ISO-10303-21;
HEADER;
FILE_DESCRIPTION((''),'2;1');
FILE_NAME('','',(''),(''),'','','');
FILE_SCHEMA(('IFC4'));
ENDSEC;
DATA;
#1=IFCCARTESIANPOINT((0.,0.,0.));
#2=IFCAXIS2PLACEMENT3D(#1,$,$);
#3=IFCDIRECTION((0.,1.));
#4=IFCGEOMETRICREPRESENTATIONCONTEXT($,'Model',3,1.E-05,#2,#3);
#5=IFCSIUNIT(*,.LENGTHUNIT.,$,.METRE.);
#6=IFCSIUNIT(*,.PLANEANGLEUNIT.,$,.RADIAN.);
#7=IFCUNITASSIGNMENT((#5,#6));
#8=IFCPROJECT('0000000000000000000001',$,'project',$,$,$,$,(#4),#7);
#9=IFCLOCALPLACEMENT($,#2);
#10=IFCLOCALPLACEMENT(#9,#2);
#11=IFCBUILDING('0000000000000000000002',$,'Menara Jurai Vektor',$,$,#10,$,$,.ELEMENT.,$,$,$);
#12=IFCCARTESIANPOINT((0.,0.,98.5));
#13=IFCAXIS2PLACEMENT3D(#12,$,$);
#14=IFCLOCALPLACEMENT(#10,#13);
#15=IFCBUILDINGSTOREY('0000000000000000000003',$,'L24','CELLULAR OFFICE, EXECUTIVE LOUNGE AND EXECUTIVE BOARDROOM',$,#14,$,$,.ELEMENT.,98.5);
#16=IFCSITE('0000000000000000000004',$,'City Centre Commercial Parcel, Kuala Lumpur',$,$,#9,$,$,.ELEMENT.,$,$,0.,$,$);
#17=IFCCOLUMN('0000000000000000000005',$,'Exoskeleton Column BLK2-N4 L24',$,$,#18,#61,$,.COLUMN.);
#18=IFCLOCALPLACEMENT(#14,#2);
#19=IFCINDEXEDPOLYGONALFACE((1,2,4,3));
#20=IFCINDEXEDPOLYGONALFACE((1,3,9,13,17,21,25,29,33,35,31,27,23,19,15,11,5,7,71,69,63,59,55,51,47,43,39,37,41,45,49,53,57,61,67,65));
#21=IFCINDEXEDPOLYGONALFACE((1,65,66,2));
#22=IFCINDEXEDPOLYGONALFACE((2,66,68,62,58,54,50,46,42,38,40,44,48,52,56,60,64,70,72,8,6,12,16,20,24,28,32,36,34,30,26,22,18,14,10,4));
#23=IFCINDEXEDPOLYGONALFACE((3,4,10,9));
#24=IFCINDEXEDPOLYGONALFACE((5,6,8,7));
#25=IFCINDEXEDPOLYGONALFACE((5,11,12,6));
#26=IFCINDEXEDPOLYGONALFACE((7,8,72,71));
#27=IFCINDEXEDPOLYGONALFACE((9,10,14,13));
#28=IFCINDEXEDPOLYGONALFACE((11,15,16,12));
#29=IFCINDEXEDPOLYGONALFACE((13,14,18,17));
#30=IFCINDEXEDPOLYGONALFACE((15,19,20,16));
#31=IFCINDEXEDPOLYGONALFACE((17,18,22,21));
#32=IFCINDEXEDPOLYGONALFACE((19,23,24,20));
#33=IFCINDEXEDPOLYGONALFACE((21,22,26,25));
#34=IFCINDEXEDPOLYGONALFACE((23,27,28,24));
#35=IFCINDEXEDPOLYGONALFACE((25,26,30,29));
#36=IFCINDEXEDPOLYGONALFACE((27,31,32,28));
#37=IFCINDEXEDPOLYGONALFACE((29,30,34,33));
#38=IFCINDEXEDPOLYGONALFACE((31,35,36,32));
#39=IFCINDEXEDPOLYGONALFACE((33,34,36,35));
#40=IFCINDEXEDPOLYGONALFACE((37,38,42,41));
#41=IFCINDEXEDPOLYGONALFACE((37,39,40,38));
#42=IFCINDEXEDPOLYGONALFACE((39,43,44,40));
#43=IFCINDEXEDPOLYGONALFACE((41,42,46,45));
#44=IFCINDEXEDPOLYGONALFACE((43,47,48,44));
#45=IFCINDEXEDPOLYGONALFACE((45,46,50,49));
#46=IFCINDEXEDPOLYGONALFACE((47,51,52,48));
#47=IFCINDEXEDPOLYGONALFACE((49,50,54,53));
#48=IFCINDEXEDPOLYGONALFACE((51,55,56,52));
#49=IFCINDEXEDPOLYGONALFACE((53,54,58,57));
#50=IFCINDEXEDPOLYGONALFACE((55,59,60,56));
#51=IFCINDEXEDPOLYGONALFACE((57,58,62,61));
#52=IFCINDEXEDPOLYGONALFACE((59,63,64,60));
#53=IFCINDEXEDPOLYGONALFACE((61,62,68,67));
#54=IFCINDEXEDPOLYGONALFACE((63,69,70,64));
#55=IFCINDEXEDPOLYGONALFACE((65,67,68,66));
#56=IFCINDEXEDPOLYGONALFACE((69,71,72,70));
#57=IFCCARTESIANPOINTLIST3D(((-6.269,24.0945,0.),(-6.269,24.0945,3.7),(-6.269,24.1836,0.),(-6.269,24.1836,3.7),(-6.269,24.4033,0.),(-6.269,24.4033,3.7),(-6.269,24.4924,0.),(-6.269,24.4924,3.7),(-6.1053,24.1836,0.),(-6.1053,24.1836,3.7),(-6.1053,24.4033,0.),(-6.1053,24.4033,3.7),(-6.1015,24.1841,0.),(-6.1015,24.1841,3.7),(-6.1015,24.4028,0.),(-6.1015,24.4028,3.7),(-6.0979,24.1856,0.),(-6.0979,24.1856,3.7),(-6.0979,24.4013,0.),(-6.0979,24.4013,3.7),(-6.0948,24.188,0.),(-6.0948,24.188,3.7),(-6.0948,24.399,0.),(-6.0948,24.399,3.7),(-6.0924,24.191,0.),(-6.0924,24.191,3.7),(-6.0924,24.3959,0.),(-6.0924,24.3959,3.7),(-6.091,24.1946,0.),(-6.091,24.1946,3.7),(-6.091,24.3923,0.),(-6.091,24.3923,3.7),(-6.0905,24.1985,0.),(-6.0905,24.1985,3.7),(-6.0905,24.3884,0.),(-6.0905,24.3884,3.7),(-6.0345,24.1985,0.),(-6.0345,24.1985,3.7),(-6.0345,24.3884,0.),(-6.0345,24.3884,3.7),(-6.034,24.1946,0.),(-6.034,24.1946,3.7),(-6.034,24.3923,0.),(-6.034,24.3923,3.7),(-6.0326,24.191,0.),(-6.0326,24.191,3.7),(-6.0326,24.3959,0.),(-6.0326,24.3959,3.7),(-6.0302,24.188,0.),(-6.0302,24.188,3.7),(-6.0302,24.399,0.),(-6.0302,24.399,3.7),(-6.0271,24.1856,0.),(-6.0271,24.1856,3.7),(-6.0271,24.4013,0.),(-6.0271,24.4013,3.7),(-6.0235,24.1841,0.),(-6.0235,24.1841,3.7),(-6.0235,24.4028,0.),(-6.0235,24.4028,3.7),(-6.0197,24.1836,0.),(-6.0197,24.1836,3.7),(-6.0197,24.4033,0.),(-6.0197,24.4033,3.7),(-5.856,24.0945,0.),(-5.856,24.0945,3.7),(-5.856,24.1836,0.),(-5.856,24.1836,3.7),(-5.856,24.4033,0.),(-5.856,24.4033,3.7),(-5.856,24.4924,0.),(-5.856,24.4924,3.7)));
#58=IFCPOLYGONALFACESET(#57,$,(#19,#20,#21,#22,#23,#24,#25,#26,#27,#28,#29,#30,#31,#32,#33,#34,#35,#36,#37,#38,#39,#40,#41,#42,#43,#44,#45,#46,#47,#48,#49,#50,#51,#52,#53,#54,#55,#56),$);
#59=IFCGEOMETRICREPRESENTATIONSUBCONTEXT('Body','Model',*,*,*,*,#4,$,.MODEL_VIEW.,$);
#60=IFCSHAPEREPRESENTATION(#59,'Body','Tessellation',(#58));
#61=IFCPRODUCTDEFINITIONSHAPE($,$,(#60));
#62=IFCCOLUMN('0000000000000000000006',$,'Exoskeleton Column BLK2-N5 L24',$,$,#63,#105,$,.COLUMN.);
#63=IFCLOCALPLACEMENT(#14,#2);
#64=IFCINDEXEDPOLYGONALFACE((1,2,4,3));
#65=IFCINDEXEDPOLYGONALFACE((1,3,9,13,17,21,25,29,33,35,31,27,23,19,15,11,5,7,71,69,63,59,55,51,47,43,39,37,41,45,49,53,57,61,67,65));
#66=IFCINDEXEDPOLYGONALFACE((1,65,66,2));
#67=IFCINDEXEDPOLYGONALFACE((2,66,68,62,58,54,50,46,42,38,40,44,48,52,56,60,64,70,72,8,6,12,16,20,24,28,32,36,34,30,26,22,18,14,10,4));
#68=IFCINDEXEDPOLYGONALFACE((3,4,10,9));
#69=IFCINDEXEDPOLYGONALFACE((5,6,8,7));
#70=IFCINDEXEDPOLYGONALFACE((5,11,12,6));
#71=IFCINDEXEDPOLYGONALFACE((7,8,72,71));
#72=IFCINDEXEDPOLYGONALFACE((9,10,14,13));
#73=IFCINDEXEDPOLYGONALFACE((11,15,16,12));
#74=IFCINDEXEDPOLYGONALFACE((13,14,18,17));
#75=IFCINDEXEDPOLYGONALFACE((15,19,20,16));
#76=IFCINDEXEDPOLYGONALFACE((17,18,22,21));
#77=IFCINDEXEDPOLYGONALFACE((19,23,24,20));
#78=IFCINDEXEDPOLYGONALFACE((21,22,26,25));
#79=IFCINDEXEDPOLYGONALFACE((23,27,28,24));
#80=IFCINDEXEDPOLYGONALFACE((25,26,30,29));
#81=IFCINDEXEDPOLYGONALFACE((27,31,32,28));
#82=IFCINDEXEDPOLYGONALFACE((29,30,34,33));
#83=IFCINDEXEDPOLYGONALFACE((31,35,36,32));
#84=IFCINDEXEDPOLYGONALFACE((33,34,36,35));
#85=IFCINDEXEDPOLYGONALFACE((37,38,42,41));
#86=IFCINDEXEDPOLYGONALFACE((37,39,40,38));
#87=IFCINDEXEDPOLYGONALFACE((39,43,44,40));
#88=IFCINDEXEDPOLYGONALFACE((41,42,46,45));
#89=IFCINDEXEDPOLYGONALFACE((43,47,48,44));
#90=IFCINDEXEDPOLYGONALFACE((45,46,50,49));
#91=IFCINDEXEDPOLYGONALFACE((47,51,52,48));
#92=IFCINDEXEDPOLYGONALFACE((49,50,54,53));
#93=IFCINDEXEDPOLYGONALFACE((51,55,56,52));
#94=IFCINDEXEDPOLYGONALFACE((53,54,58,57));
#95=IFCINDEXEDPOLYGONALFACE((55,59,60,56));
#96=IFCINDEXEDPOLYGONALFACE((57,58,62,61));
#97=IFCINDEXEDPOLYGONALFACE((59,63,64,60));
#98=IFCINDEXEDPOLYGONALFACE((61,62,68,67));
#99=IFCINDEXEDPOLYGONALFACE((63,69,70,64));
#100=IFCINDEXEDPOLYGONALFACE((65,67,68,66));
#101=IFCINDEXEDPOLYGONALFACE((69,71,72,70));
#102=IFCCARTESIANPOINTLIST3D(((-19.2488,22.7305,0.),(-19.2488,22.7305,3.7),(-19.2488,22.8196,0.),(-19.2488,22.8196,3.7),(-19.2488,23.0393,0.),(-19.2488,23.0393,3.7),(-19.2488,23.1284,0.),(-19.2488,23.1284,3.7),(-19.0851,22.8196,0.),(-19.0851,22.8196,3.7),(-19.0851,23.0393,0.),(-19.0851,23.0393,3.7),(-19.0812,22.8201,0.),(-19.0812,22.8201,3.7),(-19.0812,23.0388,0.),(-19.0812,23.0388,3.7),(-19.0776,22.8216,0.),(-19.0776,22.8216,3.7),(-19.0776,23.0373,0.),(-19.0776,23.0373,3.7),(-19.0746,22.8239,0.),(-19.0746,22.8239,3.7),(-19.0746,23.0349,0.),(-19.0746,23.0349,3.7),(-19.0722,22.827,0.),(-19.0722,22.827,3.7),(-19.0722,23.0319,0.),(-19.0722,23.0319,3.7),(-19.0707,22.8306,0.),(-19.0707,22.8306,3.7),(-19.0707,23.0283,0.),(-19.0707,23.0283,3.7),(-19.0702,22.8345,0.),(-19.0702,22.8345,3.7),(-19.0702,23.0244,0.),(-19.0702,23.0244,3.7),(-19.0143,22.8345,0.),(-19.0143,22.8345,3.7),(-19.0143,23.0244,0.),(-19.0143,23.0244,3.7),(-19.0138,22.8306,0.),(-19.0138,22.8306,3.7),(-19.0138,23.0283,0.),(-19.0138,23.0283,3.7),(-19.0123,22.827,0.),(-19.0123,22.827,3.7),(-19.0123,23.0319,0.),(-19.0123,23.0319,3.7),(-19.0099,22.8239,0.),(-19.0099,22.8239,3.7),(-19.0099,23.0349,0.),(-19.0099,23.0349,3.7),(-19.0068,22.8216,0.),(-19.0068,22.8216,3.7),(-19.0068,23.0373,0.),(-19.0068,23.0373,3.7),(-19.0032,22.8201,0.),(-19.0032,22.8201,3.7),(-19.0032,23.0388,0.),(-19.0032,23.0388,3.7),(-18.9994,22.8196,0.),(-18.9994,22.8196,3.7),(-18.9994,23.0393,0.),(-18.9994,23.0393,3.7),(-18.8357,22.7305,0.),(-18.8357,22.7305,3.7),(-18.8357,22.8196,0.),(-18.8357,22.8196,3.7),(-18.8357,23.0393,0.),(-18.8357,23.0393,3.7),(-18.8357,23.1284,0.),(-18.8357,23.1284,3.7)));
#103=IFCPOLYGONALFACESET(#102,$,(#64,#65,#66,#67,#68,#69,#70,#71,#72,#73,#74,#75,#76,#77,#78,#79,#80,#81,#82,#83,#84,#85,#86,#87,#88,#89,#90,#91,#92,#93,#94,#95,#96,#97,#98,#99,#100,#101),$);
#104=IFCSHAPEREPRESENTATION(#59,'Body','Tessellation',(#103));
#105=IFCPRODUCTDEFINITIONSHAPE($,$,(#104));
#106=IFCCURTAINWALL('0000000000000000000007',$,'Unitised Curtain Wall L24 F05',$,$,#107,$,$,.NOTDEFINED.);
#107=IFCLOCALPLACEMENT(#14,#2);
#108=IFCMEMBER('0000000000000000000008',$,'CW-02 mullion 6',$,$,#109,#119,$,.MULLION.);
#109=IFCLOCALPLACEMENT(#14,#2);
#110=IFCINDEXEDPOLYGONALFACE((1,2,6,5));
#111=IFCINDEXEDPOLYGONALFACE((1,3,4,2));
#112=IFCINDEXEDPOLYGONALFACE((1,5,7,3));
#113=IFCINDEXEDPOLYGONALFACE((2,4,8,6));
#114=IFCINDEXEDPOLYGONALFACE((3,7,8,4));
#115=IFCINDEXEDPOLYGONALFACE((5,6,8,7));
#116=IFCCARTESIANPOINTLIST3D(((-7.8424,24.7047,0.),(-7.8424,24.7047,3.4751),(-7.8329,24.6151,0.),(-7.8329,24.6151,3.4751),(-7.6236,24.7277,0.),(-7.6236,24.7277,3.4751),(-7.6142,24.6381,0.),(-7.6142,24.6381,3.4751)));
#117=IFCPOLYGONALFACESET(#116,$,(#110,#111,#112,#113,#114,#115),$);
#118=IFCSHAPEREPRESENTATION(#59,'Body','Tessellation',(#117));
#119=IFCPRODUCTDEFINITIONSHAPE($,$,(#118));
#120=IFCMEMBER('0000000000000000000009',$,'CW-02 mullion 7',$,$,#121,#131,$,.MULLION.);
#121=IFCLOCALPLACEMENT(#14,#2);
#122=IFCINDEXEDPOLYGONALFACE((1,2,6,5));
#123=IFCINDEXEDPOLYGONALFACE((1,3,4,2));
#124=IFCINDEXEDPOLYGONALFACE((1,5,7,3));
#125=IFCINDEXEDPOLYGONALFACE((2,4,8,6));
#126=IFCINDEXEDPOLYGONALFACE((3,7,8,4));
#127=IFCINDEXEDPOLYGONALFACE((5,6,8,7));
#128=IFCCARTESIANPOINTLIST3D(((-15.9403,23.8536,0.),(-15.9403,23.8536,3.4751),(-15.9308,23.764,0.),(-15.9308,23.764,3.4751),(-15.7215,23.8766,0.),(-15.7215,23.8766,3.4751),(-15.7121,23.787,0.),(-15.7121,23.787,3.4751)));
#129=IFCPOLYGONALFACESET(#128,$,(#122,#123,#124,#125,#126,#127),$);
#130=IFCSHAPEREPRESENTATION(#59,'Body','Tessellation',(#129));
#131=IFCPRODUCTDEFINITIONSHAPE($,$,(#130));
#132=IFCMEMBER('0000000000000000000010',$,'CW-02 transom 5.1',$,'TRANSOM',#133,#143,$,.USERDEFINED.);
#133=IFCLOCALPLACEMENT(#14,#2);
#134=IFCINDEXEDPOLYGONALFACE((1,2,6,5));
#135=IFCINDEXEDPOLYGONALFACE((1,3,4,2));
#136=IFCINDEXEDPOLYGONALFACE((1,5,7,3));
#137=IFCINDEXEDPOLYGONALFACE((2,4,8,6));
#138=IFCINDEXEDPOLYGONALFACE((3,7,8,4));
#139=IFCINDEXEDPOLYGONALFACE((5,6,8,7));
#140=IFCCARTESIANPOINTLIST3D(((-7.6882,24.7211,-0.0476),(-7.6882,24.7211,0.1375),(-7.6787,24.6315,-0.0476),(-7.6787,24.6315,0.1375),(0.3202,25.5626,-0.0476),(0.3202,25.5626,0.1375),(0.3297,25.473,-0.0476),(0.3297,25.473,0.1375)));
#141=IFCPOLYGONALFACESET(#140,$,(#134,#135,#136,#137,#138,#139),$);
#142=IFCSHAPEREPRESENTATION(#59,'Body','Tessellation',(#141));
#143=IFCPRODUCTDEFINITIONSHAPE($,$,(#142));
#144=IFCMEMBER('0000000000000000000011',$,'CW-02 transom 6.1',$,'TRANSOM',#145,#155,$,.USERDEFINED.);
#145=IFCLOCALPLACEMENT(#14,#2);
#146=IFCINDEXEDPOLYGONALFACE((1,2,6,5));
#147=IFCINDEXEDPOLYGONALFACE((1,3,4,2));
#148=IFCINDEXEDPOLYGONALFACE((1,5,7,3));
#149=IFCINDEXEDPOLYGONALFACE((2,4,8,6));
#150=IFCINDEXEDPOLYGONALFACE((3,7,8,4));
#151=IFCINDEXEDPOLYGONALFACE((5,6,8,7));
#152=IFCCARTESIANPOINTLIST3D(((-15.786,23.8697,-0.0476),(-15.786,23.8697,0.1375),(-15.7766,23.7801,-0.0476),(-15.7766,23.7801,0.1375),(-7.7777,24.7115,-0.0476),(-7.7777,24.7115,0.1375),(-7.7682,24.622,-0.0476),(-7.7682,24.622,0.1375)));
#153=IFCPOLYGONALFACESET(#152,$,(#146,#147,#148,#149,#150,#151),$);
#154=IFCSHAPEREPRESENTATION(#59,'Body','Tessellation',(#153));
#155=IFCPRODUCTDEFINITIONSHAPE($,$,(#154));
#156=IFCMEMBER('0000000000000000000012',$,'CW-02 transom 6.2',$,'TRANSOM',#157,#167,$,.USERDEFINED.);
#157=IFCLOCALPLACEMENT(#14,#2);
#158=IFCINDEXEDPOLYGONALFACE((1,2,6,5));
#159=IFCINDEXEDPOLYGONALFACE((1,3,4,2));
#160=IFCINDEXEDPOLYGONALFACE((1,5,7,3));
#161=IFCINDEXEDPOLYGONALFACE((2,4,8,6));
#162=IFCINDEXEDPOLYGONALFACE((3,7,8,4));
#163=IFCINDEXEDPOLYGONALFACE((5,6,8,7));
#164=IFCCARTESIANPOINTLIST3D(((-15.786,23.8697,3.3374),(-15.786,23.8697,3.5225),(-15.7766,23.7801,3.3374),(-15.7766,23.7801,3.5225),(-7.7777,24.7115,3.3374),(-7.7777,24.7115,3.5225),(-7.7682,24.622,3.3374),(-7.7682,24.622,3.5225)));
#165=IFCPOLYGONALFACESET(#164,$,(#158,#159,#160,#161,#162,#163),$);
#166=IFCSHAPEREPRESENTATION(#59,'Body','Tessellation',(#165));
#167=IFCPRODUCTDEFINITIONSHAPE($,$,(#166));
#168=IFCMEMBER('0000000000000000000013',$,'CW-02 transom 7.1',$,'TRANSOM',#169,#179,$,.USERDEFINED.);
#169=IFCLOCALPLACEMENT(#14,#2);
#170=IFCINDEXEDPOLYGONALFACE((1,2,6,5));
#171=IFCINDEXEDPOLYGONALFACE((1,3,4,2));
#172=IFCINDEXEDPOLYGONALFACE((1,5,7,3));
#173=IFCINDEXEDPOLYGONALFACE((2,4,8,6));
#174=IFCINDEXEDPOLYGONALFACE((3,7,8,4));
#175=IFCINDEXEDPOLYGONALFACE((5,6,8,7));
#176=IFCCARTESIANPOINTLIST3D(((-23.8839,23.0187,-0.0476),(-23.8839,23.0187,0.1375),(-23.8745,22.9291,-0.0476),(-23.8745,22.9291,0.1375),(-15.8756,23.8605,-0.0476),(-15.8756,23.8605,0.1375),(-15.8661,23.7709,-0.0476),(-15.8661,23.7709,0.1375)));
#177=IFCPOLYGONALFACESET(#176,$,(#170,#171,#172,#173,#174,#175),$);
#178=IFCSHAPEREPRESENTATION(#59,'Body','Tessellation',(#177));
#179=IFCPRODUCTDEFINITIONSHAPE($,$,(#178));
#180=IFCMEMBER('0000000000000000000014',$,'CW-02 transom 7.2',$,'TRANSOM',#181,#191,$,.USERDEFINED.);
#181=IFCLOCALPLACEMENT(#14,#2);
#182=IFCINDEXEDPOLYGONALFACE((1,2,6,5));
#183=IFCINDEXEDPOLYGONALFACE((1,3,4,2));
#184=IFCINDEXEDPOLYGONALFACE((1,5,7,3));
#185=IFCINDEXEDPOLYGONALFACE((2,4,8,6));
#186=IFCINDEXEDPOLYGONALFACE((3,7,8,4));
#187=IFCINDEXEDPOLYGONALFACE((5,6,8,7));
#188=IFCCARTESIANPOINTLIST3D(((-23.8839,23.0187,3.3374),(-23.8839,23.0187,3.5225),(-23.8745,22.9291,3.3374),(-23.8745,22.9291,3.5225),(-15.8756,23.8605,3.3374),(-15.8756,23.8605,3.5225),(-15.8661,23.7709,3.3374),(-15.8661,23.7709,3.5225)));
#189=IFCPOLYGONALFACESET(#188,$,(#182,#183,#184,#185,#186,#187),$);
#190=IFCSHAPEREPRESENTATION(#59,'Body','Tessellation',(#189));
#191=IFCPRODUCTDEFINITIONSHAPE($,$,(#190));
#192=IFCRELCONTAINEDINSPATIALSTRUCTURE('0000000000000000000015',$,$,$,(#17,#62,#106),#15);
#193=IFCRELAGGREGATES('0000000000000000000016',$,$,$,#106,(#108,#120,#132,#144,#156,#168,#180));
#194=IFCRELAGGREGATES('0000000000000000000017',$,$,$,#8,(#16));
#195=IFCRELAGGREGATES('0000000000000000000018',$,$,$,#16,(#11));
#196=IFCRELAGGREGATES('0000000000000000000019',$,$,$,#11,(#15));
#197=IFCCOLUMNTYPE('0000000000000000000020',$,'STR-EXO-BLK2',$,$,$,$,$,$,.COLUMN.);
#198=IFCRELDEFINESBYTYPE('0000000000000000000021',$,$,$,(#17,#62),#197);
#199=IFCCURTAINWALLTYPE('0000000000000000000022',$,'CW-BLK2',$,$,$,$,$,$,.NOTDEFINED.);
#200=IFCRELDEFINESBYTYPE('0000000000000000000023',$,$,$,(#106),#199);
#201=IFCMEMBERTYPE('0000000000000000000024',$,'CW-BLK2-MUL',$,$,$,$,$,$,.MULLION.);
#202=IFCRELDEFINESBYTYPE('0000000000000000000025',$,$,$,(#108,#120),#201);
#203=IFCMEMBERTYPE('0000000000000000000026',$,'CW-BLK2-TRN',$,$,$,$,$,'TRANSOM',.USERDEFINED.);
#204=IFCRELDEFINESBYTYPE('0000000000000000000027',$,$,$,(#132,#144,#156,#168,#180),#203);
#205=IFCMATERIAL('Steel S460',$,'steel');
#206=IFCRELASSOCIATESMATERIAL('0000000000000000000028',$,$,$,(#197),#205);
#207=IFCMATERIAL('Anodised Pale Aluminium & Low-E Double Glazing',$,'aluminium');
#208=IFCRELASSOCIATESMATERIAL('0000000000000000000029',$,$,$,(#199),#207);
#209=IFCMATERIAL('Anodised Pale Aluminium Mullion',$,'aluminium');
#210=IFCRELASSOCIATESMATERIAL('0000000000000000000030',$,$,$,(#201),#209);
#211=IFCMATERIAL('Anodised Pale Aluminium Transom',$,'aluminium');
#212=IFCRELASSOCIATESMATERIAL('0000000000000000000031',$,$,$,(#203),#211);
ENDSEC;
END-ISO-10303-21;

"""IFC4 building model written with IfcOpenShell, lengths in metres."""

from ifc_helpers import new_model, si_unit, direction, frame, origin, origin_2d, place, context, subcontext, project, spatial, rectangle, i_section, extrude, material, material_profile, profile_set, type_object, element, aggregate, save


model = new_model("IFC4")

# Units and contexts
model_context = context("Model", 3, precision=1e-05, world=origin(), true_north=direction((0.0, 1.0)))
body_context = subcontext(model_context, "Body", "Model", "MODEL_VIEW")
ifc_project = project(units=[si_unit("LENGTHUNIT", "METRE"), si_unit("PLANEANGLEUNIT", "RADIAN")], contexts=[model_context])

# Site, building, storey
site_placement = place(None, origin())
site = spatial("IfcSite", under=ifc_project, at=site_placement, Name="City Centre Commercial Parcel, Kuala Lumpur", CompositionType="ELEMENT", RefElevation=0.0)
building_placement = place(site_placement, origin())
building = spatial("IfcBuilding", under=site, at=building_placement, Name="Menara Jurai Vektor", CompositionType="ELEMENT")
storey_placement = place(building_placement, frame((0.0, 0.0, 98.5)))
storey = spatial("IfcBuildingStorey", under=building, at=storey_placement, Name="L24", Description="CELLULAR OFFICE, EXECUTIVE LOUNGE AND EXECUTIVE BOARDROOM", CompositionType="ELEMENT", Elevation=98.5)

# Columns
ifc_material_1 = material(Name="Steel S460", Category="steel")
ifc_material_profile_1 = material_profile(ifc_material_1, i_section(OverallWidth=0.4131, OverallDepth=0.3979, WebThickness=0.0559, FlangeThickness=0.0891, FilletRadius=0.0149, at=origin_2d()), Name="HD 400x744")
ifc_profile_set_1 = profile_set([ifc_material_profile_1], Name="Steel S460")
column_type = type_object("IfcColumnType", Name="STR-EXO-BLK2", PredefinedType="COLUMN", material=ifc_profile_set_1)
for number, where, z_axis, x_axis, name in (
    (1, (-6.0625, 24.2935, 0.0), (0.0, 0.0, 1.0), (1.0, 0.0, 0.0), "Exoskeleton Column BLK2-N4 L24"),
    (2, (-19.0422, 22.9294, 0.0), (0.0, 0.0, 1.0), (1.0, 0.0, 0.0), "Exoskeleton Column BLK2-N5 L24"),
):
    element("IfcColumn", number, at=place(storey_placement, frame(where, z_axis=z_axis, x_axis=x_axis)), inside=storey, type_object=column_type, Name=name, PredefinedType="COLUMN", context=body_context, shape_type="SweptSolid", body=[
        extrude(i_section(OverallWidth=0.4131, OverallDepth=0.3979, WebThickness=0.0559, FlangeThickness=0.0891, FilletRadius=0.0149, at=origin_2d()), origin(), (0.0, 0.0, 1.0), 3.7),
    ])

# Curtain wall, members
ifc_material_2 = material(Name="Anodised Pale Aluminium & Low-E Double Glazing", Category="aluminium")
curtain_wall_type = type_object("IfcCurtainWallType", Name="CW-BLK2", PredefinedType="NOTDEFINED", material=ifc_material_2)
curtain_wall_placement = place(storey_placement, origin())
curtain_wall = element("IfcCurtainWall", 3, at=curtain_wall_placement, inside=storey, type_object=curtain_wall_type, Name="Unitised Curtain Wall L24 F05", PredefinedType="NOTDEFINED")
ifc_material_3 = material(Name="Anodised Pale Aluminium Mullion", Category="aluminium")
ifc_material_profile_2 = material_profile(ifc_material_3, rectangle(XDim=0.0901, YDim=0.22, at=origin_2d()), Name="ALU MUL 90x220")
ifc_profile_set_2 = profile_set([ifc_material_profile_2], Name="Anodised Pale Aluminium Mullion")
member_type_1 = type_object("IfcMemberType", Name="CW-BLK2-MUL", PredefinedType="MULLION", material=ifc_profile_set_2)
member_1_placement = place(storey_placement, frame((-7.7283, 24.6714, 0.0), z_axis=(0.0, 0.0, 1.0), x_axis=(0.104529, -0.994522, 0.0)))
member_1 = element("IfcMember", 4, at=member_1_placement, type_object=member_type_1, Name="CW-02 mullion 6", PredefinedType="MULLION", context=body_context, shape_type="SweptSolid", body=[
    extrude(rectangle(XDim=0.0901, YDim=0.22, at=origin_2d()), origin(), (0.0, 0.0, 1.0), 3.4751),
])
member_2_placement = place(storey_placement, frame((-15.8262, 23.8203, 0.0), z_axis=(0.0, 0.0, 1.0), x_axis=(0.104529, -0.994522, 0.0)))
member_2 = element("IfcMember", 5, at=member_2_placement, type_object=member_type_1, Name="CW-02 mullion 7", PredefinedType="MULLION", context=body_context, shape_type="SweptSolid", body=[
    extrude(rectangle(XDim=0.0901, YDim=0.22, at=origin_2d()), origin(), (0.0, 0.0, 1.0), 3.4751),
])
ifc_material_4 = material(Name="Anodised Pale Aluminium Transom", Category="aluminium")
ifc_material_profile_3 = material_profile(ifc_material_4, rectangle(XDim=0.0901, YDim=0.1851, at=origin_2d()), Name="ALU TRN 90x185")
ifc_profile_set_3 = profile_set([ifc_material_profile_3], Name="Anodised Pale Aluminium Transom")
member_type_2 = type_object("IfcMemberType", Name="CW-BLK2-TRN", ElementType="TRANSOM", PredefinedType="USERDEFINED", material=ifc_profile_set_3)
member_3_placement = place(storey_placement, frame((0.325, 25.5178, 0.0449), z_axis=(-0.994524, -0.10451, 0.0), x_axis=(0.10451, -0.994524, 0.0)))
member_3 = element("IfcMember", 6, at=member_3_placement, type_object=member_type_2, Name="CW-02 transom 5.1", ObjectType="TRANSOM", PredefinedType="USERDEFINED", context=body_context, shape_type="SweptSolid", body=[
    extrude(rectangle(XDim=0.0901, YDim=0.1851, at=origin_2d()), origin(), (0.0, 0.0, 1.0), 8.0525),
])
member_4_placement = place(storey_placement, frame((-7.7729, 24.6667, 0.0449), z_axis=(-0.994521, -0.10454, 0.0), x_axis=(0.10454, -0.994521, 0.0)))
member_4 = element("IfcMember", 7, at=member_4_placement, type_object=member_type_2, Name="CW-02 transom 6.1", ObjectType="TRANSOM", PredefinedType="USERDEFINED", context=body_context, shape_type="SweptSolid", body=[
    extrude(rectangle(XDim=0.0901, YDim=0.1851, at=origin_2d()), origin(), (0.0, 0.0, 1.0), 8.0525),
])
member_5_placement = place(storey_placement, frame((-7.7729, 24.6667, 3.4299), z_axis=(-0.994521, -0.10454, 0.0), x_axis=(0.10454, -0.994521, 0.0)))
member_5 = element("IfcMember", 8, at=member_5_placement, type_object=member_type_2, Name="CW-02 transom 6.2", ObjectType="TRANSOM", PredefinedType="USERDEFINED", context=body_context, shape_type="SweptSolid", body=[
    extrude(rectangle(XDim=0.0901, YDim=0.1851, at=origin_2d()), origin(), (0.0, 0.0, 1.0), 8.0525),
])
member_6_placement = place(storey_placement, frame((-15.8708, 23.8157, 0.0449), z_axis=(-0.994521, -0.10454, 0.0), x_axis=(0.10454, -0.994521, 0.0)))
member_6 = element("IfcMember", 9, at=member_6_placement, type_object=member_type_2, Name="CW-02 transom 7.1", ObjectType="TRANSOM", PredefinedType="USERDEFINED", context=body_context, shape_type="SweptSolid", body=[
    extrude(rectangle(XDim=0.0901, YDim=0.1851, at=origin_2d()), origin(), (0.0, 0.0, 1.0), 8.0525),
])
member_7_placement = place(storey_placement, frame((-15.8708, 23.8157, 3.4299), z_axis=(-0.994521, -0.10454, 0.0), x_axis=(0.10454, -0.994521, 0.0)))
member_7 = element("IfcMember", 10, at=member_7_placement, type_object=member_type_2, Name="CW-02 transom 7.2", ObjectType="TRANSOM", PredefinedType="USERDEFINED", context=body_context, shape_type="SweptSolid", body=[
    extrude(rectangle(XDim=0.0901, YDim=0.1851, at=origin_2d()), origin(), (0.0, 0.0, 1.0), 8.0525),
])

aggregate(curtain_wall, [member_1, member_2, member_3, member_4, member_5, member_6, member_7])

save(model, "model.ifc")
